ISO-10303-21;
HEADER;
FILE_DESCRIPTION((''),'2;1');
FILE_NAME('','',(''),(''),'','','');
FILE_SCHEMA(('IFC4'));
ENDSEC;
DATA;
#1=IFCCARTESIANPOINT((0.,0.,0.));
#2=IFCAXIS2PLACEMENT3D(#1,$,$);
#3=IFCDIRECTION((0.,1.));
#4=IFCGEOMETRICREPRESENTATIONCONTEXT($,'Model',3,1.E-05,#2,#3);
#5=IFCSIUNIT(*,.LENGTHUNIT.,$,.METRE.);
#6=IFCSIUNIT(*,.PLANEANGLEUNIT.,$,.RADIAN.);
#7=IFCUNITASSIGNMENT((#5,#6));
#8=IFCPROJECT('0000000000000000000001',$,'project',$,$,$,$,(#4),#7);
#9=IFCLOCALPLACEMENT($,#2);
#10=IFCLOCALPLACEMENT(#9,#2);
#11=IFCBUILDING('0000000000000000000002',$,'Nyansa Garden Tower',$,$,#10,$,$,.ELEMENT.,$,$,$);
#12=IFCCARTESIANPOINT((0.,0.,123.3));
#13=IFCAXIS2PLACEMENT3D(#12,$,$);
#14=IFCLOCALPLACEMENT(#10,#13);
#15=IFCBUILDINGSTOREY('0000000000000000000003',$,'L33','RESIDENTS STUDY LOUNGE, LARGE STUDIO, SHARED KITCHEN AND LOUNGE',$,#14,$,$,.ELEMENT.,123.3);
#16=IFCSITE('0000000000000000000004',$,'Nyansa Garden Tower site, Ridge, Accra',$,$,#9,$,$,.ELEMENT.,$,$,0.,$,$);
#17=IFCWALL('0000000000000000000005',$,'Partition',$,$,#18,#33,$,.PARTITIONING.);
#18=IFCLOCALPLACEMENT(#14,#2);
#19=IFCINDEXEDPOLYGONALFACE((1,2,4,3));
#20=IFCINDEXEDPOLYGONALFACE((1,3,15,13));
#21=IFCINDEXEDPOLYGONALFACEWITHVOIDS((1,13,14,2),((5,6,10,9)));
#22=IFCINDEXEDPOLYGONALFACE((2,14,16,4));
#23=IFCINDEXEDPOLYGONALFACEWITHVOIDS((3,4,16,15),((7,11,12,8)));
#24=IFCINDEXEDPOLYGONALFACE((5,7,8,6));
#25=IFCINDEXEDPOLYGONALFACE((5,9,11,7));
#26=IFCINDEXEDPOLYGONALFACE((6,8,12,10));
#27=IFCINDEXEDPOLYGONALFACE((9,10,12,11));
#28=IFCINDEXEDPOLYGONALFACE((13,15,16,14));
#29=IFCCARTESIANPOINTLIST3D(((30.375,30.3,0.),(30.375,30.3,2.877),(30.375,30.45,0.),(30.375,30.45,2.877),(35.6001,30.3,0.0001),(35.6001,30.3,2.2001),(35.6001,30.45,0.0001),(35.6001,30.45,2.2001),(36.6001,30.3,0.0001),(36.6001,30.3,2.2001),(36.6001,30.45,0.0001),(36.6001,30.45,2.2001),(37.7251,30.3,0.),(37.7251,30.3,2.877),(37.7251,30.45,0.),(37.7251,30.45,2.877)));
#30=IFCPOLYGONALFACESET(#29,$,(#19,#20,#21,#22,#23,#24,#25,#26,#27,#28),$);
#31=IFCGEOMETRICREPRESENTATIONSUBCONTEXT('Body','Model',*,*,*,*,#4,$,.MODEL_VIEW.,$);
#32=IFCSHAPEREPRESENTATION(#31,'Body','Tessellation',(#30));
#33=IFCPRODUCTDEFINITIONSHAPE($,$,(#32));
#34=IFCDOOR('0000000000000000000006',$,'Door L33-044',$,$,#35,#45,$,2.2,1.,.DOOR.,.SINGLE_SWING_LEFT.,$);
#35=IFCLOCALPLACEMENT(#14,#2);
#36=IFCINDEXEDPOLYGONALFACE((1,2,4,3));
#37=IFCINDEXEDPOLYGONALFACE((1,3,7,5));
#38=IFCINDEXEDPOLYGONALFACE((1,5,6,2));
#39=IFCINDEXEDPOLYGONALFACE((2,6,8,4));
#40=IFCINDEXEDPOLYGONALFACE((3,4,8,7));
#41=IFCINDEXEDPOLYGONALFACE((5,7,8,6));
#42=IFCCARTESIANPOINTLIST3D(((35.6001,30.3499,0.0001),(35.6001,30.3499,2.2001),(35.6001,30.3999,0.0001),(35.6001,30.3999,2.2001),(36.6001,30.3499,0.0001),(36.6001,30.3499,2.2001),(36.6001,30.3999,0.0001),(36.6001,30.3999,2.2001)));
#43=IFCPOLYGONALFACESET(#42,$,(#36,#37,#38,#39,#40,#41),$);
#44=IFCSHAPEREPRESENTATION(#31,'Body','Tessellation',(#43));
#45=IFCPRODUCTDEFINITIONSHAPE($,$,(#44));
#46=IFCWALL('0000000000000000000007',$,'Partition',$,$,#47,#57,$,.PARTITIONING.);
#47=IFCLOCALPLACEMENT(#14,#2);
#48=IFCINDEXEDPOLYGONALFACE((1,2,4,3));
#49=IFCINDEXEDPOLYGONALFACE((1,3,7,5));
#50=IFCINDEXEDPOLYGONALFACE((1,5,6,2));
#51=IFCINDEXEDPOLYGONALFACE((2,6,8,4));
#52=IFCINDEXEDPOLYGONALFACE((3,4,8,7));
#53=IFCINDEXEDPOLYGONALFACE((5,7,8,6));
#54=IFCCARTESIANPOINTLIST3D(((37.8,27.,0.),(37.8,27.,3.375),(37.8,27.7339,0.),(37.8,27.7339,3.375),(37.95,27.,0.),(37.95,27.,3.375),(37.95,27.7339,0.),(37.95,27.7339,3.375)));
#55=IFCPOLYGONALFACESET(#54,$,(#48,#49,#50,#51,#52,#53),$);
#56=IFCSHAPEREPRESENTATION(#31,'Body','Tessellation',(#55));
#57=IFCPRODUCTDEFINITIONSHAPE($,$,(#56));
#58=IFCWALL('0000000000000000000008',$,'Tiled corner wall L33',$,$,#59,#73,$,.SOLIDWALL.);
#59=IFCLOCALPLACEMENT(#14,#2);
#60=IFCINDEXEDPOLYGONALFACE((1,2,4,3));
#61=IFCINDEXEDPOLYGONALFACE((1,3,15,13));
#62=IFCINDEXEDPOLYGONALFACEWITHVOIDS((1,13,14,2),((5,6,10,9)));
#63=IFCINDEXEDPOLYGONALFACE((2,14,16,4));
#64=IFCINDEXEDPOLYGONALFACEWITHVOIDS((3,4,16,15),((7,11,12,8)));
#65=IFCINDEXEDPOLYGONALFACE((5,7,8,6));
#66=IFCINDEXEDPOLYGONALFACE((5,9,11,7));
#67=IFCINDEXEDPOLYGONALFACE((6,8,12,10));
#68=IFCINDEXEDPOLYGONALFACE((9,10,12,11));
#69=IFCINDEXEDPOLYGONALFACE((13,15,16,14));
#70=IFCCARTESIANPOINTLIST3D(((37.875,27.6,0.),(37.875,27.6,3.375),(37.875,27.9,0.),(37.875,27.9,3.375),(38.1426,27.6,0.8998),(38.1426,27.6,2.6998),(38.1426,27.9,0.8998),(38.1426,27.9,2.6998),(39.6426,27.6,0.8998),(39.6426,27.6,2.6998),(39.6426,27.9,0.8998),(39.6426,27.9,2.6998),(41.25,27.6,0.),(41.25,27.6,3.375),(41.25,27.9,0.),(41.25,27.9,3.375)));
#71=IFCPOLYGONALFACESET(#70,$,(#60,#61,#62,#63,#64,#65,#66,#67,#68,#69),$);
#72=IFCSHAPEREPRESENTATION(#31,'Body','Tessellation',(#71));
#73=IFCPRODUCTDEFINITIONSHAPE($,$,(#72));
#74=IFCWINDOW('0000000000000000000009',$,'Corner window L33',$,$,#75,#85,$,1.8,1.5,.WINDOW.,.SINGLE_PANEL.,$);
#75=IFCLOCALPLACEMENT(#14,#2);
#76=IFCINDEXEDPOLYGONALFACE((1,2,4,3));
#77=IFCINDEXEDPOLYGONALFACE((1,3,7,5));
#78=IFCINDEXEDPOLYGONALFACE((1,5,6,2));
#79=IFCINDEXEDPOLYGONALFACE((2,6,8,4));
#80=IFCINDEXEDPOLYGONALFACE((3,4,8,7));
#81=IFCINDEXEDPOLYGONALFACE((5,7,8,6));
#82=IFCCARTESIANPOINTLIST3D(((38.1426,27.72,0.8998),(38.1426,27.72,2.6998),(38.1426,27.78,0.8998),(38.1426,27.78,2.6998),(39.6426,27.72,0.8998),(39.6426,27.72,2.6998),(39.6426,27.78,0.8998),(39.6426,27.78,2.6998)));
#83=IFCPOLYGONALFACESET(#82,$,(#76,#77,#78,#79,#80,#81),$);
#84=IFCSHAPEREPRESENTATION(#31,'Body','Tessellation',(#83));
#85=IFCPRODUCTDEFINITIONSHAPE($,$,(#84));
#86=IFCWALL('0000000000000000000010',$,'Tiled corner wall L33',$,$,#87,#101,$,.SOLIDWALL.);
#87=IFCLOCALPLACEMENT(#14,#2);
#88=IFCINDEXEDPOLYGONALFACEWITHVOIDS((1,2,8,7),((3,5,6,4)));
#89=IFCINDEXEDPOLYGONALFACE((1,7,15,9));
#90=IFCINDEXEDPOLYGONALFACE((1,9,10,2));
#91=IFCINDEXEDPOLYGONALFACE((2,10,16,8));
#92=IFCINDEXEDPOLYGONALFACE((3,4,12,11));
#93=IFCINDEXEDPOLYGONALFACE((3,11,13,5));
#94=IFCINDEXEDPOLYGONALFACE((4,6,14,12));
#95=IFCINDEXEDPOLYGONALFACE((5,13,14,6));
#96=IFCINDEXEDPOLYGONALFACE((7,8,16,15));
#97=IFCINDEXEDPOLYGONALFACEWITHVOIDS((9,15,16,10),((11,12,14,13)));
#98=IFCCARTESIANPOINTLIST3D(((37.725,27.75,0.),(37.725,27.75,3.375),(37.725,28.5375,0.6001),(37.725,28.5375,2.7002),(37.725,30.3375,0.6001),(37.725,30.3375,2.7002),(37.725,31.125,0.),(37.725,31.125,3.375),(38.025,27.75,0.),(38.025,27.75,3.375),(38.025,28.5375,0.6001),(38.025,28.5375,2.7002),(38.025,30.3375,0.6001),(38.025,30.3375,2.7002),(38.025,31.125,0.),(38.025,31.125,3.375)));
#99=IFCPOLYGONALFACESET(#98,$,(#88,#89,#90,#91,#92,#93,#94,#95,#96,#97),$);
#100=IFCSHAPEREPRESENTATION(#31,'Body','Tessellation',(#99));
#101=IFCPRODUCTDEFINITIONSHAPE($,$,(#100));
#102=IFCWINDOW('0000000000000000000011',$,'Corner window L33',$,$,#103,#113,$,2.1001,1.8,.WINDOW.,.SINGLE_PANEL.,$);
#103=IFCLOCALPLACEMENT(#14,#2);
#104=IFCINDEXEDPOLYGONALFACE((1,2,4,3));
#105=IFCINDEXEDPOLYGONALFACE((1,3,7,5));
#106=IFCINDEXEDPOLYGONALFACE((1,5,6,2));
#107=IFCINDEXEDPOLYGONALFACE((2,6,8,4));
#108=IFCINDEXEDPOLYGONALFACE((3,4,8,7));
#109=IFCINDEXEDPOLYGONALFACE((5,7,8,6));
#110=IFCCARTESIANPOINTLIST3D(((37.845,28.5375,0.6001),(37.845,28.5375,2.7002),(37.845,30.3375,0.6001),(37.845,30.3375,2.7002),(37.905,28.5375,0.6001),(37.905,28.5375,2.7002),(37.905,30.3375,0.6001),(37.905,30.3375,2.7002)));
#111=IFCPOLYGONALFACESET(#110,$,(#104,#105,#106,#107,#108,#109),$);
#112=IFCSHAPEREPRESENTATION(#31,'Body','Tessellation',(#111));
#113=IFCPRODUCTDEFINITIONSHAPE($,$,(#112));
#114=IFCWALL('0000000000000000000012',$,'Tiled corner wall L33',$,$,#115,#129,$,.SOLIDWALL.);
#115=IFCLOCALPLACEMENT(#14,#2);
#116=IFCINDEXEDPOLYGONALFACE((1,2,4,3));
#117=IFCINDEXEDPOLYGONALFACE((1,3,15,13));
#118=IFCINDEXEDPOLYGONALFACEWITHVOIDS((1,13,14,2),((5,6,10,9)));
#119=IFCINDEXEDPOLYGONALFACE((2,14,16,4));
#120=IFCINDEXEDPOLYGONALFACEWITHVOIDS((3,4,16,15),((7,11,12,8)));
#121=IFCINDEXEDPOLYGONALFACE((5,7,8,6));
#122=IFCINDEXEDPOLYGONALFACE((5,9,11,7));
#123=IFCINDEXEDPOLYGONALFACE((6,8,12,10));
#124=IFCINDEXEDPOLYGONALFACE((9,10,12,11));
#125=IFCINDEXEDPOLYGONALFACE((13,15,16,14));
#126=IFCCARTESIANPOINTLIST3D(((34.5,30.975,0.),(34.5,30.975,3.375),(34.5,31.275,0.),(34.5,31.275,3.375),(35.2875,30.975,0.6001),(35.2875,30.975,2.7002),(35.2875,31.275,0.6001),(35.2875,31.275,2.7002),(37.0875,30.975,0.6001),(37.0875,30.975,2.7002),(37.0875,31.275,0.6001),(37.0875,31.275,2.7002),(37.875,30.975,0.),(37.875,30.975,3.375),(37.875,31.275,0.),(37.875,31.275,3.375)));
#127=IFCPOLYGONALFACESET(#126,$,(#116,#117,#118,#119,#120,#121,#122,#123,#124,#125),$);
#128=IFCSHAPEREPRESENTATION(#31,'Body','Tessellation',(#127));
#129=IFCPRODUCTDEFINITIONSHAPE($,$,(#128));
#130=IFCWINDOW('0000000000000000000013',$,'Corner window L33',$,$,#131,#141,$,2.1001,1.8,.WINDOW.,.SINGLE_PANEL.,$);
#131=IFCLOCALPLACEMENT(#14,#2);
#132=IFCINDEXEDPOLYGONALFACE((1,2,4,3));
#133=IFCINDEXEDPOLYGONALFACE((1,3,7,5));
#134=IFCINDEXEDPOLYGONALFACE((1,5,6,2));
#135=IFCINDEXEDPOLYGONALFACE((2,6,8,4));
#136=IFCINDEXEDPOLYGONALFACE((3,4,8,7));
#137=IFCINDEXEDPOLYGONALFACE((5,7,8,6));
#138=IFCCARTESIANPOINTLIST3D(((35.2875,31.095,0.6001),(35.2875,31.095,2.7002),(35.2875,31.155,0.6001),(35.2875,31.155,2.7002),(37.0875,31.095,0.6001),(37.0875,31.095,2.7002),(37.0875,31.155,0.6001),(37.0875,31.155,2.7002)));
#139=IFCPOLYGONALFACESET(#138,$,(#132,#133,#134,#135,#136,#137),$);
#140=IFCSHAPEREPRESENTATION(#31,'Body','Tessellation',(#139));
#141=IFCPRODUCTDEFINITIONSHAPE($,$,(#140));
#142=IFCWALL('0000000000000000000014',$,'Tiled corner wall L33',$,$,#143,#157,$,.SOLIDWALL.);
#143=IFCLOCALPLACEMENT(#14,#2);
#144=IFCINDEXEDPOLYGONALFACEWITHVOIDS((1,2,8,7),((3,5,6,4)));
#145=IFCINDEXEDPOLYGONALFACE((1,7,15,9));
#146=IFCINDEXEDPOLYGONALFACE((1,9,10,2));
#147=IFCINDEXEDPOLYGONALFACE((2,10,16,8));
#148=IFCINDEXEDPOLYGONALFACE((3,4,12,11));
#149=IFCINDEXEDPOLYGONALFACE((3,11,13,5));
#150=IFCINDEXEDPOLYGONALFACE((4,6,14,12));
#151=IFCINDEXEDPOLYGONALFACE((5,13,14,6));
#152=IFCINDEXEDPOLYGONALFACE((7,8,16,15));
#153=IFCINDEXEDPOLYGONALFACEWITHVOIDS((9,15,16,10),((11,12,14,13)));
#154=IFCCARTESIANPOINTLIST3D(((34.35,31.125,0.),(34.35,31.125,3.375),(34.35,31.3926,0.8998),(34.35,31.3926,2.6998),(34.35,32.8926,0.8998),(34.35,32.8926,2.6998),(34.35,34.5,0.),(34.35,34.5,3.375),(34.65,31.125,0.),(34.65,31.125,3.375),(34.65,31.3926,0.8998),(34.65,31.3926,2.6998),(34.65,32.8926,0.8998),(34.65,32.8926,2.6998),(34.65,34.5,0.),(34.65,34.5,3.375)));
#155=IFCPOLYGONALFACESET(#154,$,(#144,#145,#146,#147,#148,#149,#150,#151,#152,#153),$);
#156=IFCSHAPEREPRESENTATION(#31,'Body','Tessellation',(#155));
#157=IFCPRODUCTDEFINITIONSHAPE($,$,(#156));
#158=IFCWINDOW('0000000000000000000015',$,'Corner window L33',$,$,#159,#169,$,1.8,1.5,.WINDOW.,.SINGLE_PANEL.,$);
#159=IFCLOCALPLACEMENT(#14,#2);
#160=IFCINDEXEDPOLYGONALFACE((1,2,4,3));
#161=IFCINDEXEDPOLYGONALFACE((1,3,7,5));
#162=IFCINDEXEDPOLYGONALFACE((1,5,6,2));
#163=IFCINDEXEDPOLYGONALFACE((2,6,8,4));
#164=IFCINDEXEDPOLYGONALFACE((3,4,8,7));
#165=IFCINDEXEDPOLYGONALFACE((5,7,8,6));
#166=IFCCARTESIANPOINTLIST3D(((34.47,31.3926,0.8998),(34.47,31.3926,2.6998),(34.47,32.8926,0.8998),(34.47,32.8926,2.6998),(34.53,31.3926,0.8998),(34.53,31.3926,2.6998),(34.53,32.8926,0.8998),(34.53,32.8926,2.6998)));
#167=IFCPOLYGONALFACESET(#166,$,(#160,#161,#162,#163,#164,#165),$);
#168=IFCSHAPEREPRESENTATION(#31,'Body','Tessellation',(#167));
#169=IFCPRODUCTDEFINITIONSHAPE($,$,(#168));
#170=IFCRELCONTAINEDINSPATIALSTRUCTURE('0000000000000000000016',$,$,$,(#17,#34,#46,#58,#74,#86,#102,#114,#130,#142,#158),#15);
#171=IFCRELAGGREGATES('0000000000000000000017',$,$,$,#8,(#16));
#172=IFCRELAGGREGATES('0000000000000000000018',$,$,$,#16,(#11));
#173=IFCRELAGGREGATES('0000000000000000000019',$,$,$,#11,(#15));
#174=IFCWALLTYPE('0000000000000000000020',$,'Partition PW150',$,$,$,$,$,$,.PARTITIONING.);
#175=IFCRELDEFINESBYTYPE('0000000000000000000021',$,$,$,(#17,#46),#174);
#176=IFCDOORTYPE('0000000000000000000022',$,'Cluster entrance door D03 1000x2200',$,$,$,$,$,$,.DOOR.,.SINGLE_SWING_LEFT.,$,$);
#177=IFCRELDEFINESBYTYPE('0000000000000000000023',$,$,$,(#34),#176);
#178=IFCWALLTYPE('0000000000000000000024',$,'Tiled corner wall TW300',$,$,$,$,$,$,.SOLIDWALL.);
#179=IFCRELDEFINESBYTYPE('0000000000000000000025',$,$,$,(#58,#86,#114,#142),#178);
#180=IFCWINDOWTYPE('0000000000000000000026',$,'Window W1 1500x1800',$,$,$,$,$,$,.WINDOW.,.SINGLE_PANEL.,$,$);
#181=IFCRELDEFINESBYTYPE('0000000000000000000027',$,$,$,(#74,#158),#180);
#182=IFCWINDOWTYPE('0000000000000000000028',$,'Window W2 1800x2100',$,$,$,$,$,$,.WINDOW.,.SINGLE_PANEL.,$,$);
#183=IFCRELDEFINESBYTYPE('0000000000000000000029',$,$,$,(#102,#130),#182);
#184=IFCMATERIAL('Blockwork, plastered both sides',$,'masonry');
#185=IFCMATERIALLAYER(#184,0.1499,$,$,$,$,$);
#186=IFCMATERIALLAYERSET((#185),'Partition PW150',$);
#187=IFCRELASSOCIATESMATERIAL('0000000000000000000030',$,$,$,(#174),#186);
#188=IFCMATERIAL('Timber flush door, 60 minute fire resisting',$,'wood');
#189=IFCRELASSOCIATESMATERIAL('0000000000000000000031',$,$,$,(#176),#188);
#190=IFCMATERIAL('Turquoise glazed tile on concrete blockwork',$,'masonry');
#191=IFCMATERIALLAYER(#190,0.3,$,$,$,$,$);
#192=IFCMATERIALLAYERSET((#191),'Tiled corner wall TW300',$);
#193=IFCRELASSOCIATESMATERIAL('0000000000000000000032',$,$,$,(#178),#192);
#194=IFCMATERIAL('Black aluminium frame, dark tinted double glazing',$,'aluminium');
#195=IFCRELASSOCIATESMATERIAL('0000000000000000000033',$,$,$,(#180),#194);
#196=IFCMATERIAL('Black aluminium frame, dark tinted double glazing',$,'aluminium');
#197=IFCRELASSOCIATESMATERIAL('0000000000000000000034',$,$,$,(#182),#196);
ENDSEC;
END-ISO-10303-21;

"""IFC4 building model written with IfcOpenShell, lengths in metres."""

from ifc_helpers import new_model, si_unit, direction, frame, frame_2d, origin, place, context, subcontext, project, spatial, rectangle, extrude, material, layer, layer_set, type_object, element, fill, save


model = new_model("IFC4")

# Units and contexts
model_context = context("Model", 3, precision=1e-05, world=origin(), true_north=direction((0.0, 1.0)))
body_context = subcontext(model_context, "Body", "Model", "MODEL_VIEW")
ifc_project = project(units=[si_unit("LENGTHUNIT", "METRE"), si_unit("PLANEANGLEUNIT", "RADIAN")], contexts=[model_context])

# Site, building, storey
site_placement = place(None, origin())
site = spatial("IfcSite", under=ifc_project, at=site_placement, Name="Nyansa Garden Tower site, Ridge, Accra", CompositionType="ELEMENT", RefElevation=0.0)
building_placement = place(site_placement, origin())
building = spatial("IfcBuilding", under=site, at=building_placement, Name="Nyansa Garden Tower", CompositionType="ELEMENT")
storey_placement = place(building_placement, frame((0.0, 0.0, 123.3)))
storey = spatial("IfcBuildingStorey", under=building, at=storey_placement, Name="L33", Description="RESIDENTS STUDY LOUNGE, LARGE STUDIO, SHARED KITCHEN AND LOUNGE", CompositionType="ELEMENT", Elevation=123.3)

# Shared definitions
ifc_material_1 = material(Name="Blockwork, plastered both sides", Category="masonry")
ifc_layer_1 = layer(ifc_material_1, 0.1499)
ifc_layer_set_1 = layer_set([ifc_layer_1], Name="Partition PW150")
wall_type_1 = type_object("IfcWallType", Name="Partition PW150", PredefinedType="PARTITIONING", material=ifc_layer_set_1)

# Wall, opening, door
wall_1_placement = place(storey_placement, frame((30.375, 30.375, 0.0), z_axis=(0.0, 0.0, 1.0), x_axis=(1.0, 0.0, 0.0)))
wall_1 = element("IfcWall", 1, at=wall_1_placement, inside=storey, type_object=wall_type_1, Name="Partition", PredefinedType="PARTITIONING", context=body_context, shape_type="SweptSolid", body=[
    extrude(rectangle(XDim=7.3501, YDim=0.1499, at=frame_2d((3.675, 0.0))), origin(), (0.0, 0.0, 1.0), 2.877),
])
opening_1_placement = place(wall_1_placement, frame((5.2251, 0.0, 0.0)))
opening_1 = element("IfcOpeningElement", 2, at=opening_1_placement, cuts=wall_1, PredefinedType="OPENING", context=body_context, shape_type="SweptSolid", body=[
    extrude(rectangle(XDim=1.0, YDim=2.2, at=frame_2d((0.5, 1.1001))), frame((0.0, 0.085, 0.0), z_axis=(0.0, -1.0, 0.0), x_axis=(1.0, 0.0, 0.0)), (0.0, 0.0, 1.0), 0.1699),
])
ifc_material_2 = material(Name="Timber flush door, 60 minute fire resisting", Category="wood")
door_type = type_object("IfcDoorType", Name="Cluster entrance door D03 1000x2200", OperationType="SINGLE_SWING_LEFT", PredefinedType="DOOR", material=ifc_material_2)
door_placement = place(opening_1_placement, origin())
door = element("IfcDoor", 3, at=door_placement, inside=storey, type_object=door_type, Name="Door L33-044", OperationType="SINGLE_SWING_LEFT", OverallHeight=2.2, OverallWidth=1.0, PredefinedType="DOOR", context=body_context, shape_type="SweptSolid", body=[
    extrude(rectangle(XDim=1.0, YDim=2.2, at=frame_2d((0.5, 1.1001))), frame((0.0, 0.0249, 0.0), z_axis=(0.0, -1.0, 0.0), x_axis=(1.0, 0.0, 0.0)), (0.0, 0.0, 1.0), 0.05),
])
fill(opening_1, door)

# Wall
wall_2_placement = place(storey_placement, frame((37.875, 27.0, 0.0), z_axis=(0.0, 0.0, 1.0), x_axis=(0.0, 1.0, 0.0)))
element("IfcWall", 4, at=wall_2_placement, inside=storey, type_object=wall_type_1, Name="Partition", PredefinedType="PARTITIONING", context=body_context, shape_type="SweptSolid", body=[
    extrude(rectangle(XDim=0.7339, YDim=0.1499, at=frame_2d((0.3669, 0.0))), origin(), (0.0, 0.0, 1.0), 3.375),
])

# Walls, openings, windows
ifc_material_3 = material(Name="Turquoise glazed tile on concrete blockwork", Category="masonry")
ifc_layer_2 = layer(ifc_material_3, 0.3)
ifc_layer_set_2 = layer_set([ifc_layer_2], Name="Tiled corner wall TW300")
wall_type_2 = type_object("IfcWallType", Name="Tiled corner wall TW300", PredefinedType="SOLIDWALL", material=ifc_layer_set_2)
wall_3_placement = place(storey_placement, frame((41.25, 27.75, 0.0), z_axis=(0.0, 0.0, 1.0), x_axis=(-1.0, 0.0, 0.0)))
wall_3 = element("IfcWall", 5, at=wall_3_placement, inside=storey, type_object=wall_type_2, Name="Tiled corner wall L33", PredefinedType="SOLIDWALL", context=body_context, shape_type="SweptSolid", body=[
    extrude(rectangle(XDim=3.375, YDim=0.3, at=frame_2d((1.6875, 0.0))), origin(), (0.0, 0.0, 1.0), 3.375),
])
opening_2_placement = place(wall_3_placement, frame((1.6074, 0.0, 0.8999)))
opening_2 = element("IfcOpeningElement", 6, at=opening_2_placement, cuts=wall_3, PredefinedType="OPENING", context=body_context, shape_type="SweptSolid", body=[
    extrude(rectangle(XDim=1.5, YDim=1.8, at=frame_2d((0.75, 0.8999))), frame((0.0, 0.1599, 0.0), z_axis=(0.0, -1.0, 0.0), x_axis=(1.0, 0.0, 0.0)), (0.0, 0.0, 1.0), 0.3201),
])
ifc_material_4 = material(Name="Black aluminium frame, dark tinted double glazing", Category="aluminium")
window_type_1 = type_object("IfcWindowType", Name="Window W1 1500x1800", PartitioningType="SINGLE_PANEL", PredefinedType="WINDOW", material=ifc_material_4)
window_1_placement = place(opening_2_placement, origin())
window_1 = element("IfcWindow", 7, at=window_1_placement, inside=storey, type_object=window_type_1, Name="Corner window L33", OverallHeight=1.8, OverallWidth=1.5, PartitioningType="SINGLE_PANEL", PredefinedType="WINDOW", context=body_context, shape_type="SweptSolid", body=[
    extrude(rectangle(XDim=1.5, YDim=1.8, at=frame_2d((0.75, 0.8999))), frame((0.0, 0.03, 0.0), z_axis=(0.0, -1.0, 0.0), x_axis=(1.0, 0.0, 0.0)), (0.0, 0.0, 1.0), 0.0601),
])
fill(opening_2, window_1)
wall_4_placement = place(storey_placement, frame((37.875, 27.75, 0.0), z_axis=(0.0, 0.0, 1.0), x_axis=(0.0, 1.0, 0.0)))
wall_4 = element("IfcWall", 8, at=wall_4_placement, inside=storey, type_object=wall_type_2, Name="Tiled corner wall L33", PredefinedType="SOLIDWALL", context=body_context, shape_type="SweptSolid", body=[
    extrude(rectangle(XDim=3.375, YDim=0.3, at=frame_2d((1.6875, 0.0))), origin(), (0.0, 0.0, 1.0), 3.375),
])
opening_3_placement = place(wall_4_placement, frame((0.7876, 0.0, 0.6001)))
opening_3 = element("IfcOpeningElement", 9, at=opening_3_placement, cuts=wall_4, PredefinedType="OPENING", context=body_context, shape_type="SweptSolid", body=[
    extrude(rectangle(XDim=1.8, YDim=2.1001, at=frame_2d((0.8999, 1.05))), frame((0.0, 0.1599, 0.0), z_axis=(0.0, -1.0, 0.0), x_axis=(1.0, 0.0, 0.0)), (0.0, 0.0, 1.0), 0.3201),
])
ifc_material_5 = material(Name="Black aluminium frame, dark tinted double glazing", Category="aluminium")
window_type_2 = type_object("IfcWindowType", Name="Window W2 1800x2100", PartitioningType="SINGLE_PANEL", PredefinedType="WINDOW", material=ifc_material_5)
window_2_placement = place(opening_3_placement, origin())
window_2 = element("IfcWindow", 10, at=window_2_placement, inside=storey, type_object=window_type_2, Name="Corner window L33", OverallHeight=2.1001, OverallWidth=1.8, PartitioningType="SINGLE_PANEL", PredefinedType="WINDOW", context=body_context, shape_type="SweptSolid", body=[
    extrude(rectangle(XDim=1.8, YDim=2.1001, at=frame_2d((0.8999, 1.05))), frame((0.0, 0.03, 0.0), z_axis=(0.0, -1.0, 0.0), x_axis=(1.0, 0.0, 0.0)), (0.0, 0.0, 1.0), 0.0601),
])
fill(opening_3, window_2)
wall_5_placement = place(storey_placement, frame((37.875, 31.125, 0.0), z_axis=(0.0, 0.0, 1.0), x_axis=(-1.0, 0.0, 0.0)))
wall_5 = element("IfcWall", 11, at=wall_5_placement, inside=storey, type_object=wall_type_2, Name="Tiled corner wall L33", PredefinedType="SOLIDWALL", context=body_context, shape_type="SweptSolid", body=[
    extrude(rectangle(XDim=3.375, YDim=0.3, at=frame_2d((1.6875, 0.0))), origin(), (0.0, 0.0, 1.0), 3.375),
])
opening_4_placement = place(wall_5_placement, frame((0.7876, 0.0, 0.6001)))
opening_4 = element("IfcOpeningElement", 12, at=opening_4_placement, cuts=wall_5, PredefinedType="OPENING", context=body_context, shape_type="SweptSolid", body=[
    extrude(rectangle(XDim=1.8, YDim=2.1001, at=frame_2d((0.8999, 1.05))), frame((0.0, 0.1599, 0.0), z_axis=(0.0, -1.0, 0.0), x_axis=(1.0, 0.0, 0.0)), (0.0, 0.0, 1.0), 0.3201),
])
window_3_placement = place(opening_4_placement, origin())
window_3 = element("IfcWindow", 13, at=window_3_placement, inside=storey, type_object=window_type_2, Name="Corner window L33", OverallHeight=2.1001, OverallWidth=1.8, PartitioningType="SINGLE_PANEL", PredefinedType="WINDOW", context=body_context, shape_type="SweptSolid", body=[
    extrude(rectangle(XDim=1.8, YDim=2.1001, at=frame_2d((0.8999, 1.05))), frame((0.0, 0.03, 0.0), z_axis=(0.0, -1.0, 0.0), x_axis=(1.0, 0.0, 0.0)), (0.0, 0.0, 1.0), 0.0601),
])
fill(opening_4, window_3)
wall_6_placement = place(storey_placement, frame((34.5, 31.125, 0.0), z_axis=(0.0, 0.0, 1.0), x_axis=(0.0, 1.0, 0.0)))
wall_6 = element("IfcWall", 14, at=wall_6_placement, inside=storey, type_object=wall_type_2, Name="Tiled corner wall L33", PredefinedType="SOLIDWALL", context=body_context, shape_type="SweptSolid", body=[
    extrude(rectangle(XDim=3.375, YDim=0.3, at=frame_2d((1.6875, 0.0))), origin(), (0.0, 0.0, 1.0), 3.375),
])
opening_5_placement = place(wall_6_placement, frame((0.2676, 0.0, 0.8999)))
opening_5 = element("IfcOpeningElement", 15, at=opening_5_placement, cuts=wall_6, PredefinedType="OPENING", context=body_context, shape_type="SweptSolid", body=[
    extrude(rectangle(XDim=1.5, YDim=1.8, at=frame_2d((0.75, 0.8999))), frame((0.0, 0.1599, 0.0), z_axis=(0.0, -1.0, 0.0), x_axis=(1.0, 0.0, 0.0)), (0.0, 0.0, 1.0), 0.3201),
])
window_4_placement = place(opening_5_placement, origin())
window_4 = element("IfcWindow", 16, at=window_4_placement, inside=storey, type_object=window_type_1, Name="Corner window L33", OverallHeight=1.8, OverallWidth=1.5, PartitioningType="SINGLE_PANEL", PredefinedType="WINDOW", context=body_context, shape_type="SweptSolid", body=[
    extrude(rectangle(XDim=1.5, YDim=1.8, at=frame_2d((0.75, 0.8999))), frame((0.0, 0.03, 0.0), z_axis=(0.0, -1.0, 0.0), x_axis=(1.0, 0.0, 0.0)), (0.0, 0.0, 1.0), 0.0601),
])
fill(opening_5, window_4)

save(model, "model.ifc")
